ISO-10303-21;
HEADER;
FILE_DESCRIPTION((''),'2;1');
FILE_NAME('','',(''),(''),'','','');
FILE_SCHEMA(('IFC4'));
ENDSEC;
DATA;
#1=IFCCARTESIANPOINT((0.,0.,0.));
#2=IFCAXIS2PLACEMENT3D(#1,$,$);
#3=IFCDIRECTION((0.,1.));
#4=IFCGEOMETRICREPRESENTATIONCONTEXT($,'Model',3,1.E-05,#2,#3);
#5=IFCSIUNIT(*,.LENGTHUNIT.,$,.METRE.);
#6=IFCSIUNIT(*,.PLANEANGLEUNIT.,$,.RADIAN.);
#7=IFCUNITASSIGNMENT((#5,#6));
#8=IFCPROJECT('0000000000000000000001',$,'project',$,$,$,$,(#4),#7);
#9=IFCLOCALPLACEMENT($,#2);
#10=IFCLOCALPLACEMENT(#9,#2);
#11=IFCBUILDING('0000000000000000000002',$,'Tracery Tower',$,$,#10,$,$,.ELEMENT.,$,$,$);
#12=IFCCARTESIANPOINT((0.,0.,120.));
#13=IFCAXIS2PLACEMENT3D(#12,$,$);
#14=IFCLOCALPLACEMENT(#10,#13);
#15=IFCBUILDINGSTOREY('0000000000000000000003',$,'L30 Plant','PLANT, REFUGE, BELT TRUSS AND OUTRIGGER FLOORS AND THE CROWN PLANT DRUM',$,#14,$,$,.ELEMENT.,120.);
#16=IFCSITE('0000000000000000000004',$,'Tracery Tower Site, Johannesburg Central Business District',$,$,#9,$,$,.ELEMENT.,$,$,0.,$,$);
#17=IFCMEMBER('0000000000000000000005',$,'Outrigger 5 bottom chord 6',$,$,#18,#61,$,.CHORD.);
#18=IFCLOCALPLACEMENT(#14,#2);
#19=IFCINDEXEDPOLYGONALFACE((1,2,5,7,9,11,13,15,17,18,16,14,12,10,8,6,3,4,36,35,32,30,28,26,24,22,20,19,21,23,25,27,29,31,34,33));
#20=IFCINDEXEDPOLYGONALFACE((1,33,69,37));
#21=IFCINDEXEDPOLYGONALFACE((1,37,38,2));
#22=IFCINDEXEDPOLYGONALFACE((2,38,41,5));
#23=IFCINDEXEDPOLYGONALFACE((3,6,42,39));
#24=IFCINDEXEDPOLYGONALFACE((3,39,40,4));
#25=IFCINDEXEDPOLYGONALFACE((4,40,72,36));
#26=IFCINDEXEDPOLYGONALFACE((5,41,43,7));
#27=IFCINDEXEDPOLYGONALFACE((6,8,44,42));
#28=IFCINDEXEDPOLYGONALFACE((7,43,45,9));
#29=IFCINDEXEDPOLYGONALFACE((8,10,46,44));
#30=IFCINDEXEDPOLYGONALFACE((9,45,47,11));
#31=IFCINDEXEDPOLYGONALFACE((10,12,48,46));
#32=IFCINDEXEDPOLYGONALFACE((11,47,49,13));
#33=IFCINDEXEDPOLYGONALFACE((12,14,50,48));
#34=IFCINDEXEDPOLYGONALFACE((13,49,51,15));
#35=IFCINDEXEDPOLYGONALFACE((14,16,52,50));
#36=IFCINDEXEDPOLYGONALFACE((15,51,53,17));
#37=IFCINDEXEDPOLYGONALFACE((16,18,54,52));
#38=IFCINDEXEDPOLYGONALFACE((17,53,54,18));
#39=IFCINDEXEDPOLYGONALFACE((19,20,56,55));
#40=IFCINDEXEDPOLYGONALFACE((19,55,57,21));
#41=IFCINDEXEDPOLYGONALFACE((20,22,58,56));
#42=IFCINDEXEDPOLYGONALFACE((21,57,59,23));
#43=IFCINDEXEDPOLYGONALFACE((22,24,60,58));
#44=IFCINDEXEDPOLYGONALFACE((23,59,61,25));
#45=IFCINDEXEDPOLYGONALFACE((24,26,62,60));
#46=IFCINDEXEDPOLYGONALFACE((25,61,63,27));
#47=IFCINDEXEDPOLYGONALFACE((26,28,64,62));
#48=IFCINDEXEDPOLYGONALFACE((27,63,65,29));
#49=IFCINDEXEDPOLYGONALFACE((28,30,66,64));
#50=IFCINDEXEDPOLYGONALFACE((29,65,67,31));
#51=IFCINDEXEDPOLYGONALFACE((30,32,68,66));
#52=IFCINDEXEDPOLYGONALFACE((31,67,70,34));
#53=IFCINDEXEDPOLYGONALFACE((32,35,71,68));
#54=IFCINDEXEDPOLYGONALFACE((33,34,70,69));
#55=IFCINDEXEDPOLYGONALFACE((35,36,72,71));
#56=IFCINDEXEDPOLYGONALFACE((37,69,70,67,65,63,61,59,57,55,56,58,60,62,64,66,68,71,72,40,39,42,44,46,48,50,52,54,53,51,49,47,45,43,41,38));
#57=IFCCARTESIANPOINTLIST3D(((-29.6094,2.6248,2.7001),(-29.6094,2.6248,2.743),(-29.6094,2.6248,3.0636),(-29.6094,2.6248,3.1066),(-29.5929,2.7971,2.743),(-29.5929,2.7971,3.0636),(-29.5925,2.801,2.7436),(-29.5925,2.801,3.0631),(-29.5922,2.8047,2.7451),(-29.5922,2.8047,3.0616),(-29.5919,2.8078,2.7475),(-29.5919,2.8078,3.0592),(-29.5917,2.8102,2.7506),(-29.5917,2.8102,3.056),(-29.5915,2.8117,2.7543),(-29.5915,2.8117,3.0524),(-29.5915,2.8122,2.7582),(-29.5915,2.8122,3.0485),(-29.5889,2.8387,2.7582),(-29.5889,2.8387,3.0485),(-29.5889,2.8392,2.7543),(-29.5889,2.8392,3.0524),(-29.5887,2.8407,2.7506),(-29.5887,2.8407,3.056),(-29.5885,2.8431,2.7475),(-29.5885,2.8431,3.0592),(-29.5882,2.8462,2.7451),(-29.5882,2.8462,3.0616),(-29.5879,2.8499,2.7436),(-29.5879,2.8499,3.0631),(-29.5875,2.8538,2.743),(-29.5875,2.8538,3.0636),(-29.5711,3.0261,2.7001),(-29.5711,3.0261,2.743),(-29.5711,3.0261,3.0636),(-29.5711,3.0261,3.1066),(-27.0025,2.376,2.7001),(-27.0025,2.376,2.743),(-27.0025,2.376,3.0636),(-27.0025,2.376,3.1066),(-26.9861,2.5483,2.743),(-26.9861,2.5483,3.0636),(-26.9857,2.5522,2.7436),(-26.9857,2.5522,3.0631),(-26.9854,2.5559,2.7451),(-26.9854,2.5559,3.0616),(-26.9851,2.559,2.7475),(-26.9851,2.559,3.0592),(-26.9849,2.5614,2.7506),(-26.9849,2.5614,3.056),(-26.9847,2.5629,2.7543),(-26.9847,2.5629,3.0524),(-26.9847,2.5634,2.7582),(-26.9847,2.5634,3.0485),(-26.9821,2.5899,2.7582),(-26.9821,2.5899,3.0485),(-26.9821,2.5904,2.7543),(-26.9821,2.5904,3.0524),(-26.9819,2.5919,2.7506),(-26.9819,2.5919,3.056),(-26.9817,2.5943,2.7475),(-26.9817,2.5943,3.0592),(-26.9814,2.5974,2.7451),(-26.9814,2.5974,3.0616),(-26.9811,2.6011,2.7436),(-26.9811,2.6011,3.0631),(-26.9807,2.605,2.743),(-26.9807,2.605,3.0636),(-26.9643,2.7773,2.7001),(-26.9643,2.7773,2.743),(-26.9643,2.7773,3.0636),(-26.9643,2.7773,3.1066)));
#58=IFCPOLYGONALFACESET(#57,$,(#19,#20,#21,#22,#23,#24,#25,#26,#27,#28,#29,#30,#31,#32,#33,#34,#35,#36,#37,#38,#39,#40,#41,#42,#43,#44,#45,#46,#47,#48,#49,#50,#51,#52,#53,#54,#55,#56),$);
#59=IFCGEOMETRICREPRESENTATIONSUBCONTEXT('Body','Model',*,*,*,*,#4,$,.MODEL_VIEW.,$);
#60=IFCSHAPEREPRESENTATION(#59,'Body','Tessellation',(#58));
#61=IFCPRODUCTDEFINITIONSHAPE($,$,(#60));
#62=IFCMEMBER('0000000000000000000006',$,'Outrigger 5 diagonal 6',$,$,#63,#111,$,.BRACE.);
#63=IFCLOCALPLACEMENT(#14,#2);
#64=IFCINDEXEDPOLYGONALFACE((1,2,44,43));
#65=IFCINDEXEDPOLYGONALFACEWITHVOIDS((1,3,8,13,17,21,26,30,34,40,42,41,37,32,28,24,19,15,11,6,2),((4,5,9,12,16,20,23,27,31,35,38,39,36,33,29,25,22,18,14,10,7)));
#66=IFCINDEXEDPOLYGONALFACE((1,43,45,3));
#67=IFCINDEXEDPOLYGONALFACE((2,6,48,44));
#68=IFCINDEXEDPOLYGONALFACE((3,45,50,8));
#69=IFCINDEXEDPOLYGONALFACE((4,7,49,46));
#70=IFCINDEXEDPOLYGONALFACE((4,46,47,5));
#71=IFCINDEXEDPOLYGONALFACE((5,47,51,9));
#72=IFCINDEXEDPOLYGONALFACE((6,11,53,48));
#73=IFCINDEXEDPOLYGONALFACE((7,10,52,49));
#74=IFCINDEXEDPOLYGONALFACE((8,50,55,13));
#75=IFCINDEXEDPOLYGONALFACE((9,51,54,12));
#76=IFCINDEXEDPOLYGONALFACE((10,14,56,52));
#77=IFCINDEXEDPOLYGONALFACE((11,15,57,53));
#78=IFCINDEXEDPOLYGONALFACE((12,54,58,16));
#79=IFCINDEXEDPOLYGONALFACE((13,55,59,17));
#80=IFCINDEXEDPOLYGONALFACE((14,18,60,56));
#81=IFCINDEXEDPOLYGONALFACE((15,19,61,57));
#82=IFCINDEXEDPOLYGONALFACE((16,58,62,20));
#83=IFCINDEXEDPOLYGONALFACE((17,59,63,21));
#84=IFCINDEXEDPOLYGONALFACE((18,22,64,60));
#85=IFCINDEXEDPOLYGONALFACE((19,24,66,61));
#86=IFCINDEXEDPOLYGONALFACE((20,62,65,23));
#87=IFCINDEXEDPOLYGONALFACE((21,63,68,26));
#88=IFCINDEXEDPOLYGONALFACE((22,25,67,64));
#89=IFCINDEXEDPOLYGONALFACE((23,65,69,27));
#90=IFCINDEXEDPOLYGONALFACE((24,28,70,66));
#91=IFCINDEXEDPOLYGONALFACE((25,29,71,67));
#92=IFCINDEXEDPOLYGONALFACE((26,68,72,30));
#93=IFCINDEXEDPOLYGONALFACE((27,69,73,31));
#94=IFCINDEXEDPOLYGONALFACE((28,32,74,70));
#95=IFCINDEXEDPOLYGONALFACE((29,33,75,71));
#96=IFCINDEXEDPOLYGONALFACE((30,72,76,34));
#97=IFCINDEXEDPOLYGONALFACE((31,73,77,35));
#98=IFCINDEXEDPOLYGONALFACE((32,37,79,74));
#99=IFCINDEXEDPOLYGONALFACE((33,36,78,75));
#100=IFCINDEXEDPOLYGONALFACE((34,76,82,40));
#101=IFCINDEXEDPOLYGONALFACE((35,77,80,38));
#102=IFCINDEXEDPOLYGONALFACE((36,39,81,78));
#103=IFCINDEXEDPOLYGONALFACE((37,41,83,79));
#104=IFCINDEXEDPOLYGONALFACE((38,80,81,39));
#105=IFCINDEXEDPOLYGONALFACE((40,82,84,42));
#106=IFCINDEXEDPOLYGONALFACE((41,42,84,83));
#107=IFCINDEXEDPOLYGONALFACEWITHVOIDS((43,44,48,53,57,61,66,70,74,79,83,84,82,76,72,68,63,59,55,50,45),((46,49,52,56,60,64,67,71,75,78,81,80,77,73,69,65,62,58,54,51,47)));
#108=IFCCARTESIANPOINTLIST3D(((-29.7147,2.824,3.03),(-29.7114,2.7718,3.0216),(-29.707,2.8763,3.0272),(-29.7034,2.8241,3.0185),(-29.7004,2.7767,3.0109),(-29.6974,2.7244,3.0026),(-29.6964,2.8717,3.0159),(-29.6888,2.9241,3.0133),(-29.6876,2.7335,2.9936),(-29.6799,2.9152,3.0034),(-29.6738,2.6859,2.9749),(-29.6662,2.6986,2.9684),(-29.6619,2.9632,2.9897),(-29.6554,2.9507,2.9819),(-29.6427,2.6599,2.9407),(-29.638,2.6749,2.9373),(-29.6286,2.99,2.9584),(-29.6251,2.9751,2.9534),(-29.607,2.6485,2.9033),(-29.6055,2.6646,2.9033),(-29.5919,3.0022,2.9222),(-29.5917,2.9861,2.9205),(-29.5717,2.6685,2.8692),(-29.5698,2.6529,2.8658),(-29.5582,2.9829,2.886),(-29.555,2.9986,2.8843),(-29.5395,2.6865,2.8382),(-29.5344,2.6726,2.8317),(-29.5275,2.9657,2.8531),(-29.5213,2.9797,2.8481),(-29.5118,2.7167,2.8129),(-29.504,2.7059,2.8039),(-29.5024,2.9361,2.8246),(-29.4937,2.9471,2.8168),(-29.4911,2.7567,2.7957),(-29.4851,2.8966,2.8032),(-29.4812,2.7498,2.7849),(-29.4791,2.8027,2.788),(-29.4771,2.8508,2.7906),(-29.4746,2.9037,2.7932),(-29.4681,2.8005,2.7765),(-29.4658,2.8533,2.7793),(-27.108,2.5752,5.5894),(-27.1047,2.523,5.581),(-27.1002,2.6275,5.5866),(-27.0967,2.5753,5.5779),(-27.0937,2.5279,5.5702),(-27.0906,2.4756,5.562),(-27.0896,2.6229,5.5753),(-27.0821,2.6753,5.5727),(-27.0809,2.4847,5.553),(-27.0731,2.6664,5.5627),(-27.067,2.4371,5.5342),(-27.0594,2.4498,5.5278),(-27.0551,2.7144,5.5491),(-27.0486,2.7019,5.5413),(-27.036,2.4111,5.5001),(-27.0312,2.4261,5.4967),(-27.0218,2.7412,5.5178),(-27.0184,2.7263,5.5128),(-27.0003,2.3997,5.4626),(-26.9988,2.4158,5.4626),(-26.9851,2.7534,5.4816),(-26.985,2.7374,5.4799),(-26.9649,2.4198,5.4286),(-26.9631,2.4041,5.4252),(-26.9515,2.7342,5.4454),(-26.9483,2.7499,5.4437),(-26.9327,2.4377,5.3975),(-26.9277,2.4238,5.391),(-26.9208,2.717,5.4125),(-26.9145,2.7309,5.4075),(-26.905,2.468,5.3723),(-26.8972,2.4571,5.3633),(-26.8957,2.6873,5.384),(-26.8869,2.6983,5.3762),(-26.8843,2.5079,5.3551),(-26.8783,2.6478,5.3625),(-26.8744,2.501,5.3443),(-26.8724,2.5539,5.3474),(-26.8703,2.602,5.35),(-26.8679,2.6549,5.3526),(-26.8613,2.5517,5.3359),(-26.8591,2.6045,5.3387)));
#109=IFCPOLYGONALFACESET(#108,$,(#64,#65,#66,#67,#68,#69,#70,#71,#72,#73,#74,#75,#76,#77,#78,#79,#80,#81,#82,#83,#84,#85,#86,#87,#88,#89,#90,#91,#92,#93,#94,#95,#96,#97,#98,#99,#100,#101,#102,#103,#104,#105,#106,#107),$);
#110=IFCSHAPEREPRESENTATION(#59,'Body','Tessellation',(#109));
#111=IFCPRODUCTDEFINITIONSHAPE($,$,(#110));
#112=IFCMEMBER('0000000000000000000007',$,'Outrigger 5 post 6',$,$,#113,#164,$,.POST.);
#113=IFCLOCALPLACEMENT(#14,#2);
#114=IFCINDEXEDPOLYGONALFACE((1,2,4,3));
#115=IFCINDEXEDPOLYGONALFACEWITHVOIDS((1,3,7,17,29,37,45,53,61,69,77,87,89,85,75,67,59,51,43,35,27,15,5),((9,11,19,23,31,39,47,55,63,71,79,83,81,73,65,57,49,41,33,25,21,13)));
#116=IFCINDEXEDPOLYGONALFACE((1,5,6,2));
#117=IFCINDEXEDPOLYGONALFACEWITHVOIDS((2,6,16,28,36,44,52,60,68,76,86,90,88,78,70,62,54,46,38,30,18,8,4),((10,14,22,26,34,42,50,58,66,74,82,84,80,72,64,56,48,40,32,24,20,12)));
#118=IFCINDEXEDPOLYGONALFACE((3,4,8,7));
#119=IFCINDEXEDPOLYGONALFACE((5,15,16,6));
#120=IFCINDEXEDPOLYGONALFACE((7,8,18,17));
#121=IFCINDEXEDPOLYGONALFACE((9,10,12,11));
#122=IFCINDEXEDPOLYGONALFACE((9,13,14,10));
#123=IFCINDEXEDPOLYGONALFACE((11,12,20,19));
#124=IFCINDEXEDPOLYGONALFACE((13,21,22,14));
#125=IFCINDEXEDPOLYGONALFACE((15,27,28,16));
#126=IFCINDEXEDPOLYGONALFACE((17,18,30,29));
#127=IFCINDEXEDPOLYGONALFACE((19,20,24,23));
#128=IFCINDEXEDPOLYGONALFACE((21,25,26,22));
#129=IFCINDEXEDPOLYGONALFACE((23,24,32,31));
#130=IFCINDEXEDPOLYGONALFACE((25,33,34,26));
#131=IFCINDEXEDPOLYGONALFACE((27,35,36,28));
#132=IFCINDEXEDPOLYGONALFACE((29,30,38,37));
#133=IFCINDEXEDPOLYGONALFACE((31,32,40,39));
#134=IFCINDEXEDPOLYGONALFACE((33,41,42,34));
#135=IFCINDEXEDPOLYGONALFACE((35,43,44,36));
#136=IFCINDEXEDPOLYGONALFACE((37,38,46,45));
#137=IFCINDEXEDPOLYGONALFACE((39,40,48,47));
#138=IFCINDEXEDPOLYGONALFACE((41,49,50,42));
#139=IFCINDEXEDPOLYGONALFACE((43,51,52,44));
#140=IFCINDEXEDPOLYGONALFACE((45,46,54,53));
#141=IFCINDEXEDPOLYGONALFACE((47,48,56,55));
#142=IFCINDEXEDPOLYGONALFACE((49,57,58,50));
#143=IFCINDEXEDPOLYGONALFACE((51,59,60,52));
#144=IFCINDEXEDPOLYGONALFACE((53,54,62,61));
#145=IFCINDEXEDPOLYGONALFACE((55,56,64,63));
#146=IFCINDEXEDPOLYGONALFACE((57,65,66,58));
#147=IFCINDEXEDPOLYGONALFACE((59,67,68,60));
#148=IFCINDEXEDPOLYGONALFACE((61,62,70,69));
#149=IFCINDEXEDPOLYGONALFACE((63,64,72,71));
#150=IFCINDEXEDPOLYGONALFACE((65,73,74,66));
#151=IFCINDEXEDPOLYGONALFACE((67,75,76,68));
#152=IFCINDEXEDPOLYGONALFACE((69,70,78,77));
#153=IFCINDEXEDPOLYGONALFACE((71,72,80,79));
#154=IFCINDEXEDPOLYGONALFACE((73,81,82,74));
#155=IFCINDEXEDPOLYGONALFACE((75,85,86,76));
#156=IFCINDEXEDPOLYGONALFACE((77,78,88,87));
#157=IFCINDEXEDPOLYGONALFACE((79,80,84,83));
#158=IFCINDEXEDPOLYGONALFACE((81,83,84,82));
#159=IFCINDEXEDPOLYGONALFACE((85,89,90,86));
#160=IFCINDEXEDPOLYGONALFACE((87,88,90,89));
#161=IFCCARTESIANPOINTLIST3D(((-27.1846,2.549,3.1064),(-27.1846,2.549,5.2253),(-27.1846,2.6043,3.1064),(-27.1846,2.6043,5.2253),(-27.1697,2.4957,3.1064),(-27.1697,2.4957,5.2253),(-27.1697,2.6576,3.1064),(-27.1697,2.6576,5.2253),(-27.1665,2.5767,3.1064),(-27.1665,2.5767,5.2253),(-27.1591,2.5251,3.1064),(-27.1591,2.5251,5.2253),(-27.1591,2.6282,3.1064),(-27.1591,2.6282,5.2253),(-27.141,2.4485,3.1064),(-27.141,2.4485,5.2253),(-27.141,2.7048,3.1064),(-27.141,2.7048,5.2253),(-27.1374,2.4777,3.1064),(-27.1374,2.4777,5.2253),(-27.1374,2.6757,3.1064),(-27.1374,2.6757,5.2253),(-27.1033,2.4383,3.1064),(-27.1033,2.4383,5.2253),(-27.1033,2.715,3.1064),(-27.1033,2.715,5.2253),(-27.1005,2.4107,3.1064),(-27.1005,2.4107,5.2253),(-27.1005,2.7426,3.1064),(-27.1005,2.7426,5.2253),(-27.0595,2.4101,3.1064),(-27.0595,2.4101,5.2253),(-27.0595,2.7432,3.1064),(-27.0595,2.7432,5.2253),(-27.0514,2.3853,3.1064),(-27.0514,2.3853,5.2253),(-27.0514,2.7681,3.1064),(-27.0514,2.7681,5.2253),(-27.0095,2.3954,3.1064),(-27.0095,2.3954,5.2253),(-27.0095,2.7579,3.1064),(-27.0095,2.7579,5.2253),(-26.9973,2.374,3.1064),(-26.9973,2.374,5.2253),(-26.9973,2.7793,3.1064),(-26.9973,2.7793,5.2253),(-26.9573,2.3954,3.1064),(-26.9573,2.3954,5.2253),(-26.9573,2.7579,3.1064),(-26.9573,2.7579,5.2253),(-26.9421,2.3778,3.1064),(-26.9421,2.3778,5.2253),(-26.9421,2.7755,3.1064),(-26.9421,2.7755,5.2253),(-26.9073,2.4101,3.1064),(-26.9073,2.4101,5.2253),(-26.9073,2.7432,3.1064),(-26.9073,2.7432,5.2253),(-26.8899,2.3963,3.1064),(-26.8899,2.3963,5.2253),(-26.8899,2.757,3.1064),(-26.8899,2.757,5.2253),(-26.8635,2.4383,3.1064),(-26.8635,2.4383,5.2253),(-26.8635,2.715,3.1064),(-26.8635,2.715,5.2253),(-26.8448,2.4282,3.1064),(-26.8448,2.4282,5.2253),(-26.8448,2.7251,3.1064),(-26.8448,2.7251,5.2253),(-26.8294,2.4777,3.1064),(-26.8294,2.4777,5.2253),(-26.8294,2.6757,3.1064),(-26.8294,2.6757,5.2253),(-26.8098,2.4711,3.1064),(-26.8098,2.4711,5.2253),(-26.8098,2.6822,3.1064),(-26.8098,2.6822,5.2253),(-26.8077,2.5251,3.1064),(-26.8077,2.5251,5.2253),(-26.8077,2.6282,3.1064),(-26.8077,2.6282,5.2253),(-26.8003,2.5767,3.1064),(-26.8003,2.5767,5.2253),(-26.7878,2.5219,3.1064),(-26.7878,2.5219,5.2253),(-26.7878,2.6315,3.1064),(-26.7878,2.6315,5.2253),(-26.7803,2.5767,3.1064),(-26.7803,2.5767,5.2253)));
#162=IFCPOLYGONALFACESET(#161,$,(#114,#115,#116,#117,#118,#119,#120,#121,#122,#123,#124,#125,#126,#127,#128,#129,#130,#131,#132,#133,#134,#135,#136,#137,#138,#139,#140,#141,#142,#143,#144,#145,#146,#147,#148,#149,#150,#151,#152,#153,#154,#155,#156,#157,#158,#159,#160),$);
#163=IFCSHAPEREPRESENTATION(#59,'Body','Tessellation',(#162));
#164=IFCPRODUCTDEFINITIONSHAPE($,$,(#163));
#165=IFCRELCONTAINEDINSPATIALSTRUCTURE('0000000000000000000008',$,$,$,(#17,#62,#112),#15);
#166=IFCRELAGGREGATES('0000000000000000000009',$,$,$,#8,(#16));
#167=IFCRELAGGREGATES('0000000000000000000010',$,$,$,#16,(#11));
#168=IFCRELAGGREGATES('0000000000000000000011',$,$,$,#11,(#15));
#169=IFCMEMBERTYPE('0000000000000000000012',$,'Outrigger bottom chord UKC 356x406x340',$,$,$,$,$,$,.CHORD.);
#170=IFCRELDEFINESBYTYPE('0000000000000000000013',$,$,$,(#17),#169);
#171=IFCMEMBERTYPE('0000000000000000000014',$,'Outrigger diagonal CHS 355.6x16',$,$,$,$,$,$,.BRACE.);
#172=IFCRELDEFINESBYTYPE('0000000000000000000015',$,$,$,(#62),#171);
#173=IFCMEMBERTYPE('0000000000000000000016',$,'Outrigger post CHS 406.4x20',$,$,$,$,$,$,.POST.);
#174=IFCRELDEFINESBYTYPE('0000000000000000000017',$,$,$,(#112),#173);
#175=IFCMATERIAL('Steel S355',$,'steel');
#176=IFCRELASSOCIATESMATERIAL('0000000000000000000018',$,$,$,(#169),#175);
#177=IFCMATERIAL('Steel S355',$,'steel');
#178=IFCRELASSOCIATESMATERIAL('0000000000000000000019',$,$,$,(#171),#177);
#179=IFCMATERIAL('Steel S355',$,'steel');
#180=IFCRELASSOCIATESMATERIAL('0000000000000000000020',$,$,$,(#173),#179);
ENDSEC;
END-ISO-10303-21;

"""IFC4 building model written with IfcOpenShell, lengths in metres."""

from ifc_helpers import new_model, si_unit, direction, frame, origin, origin_2d, place, context, subcontext, project, spatial, hollow_circle, i_section, extrude, material, material_profile, profile_set, type_object, element, save


model = new_model("IFC4")

# Units and contexts
model_context = context("Model", 3, precision=1e-05, world=origin(), true_north=direction((0.0, 1.0)))
body_context = subcontext(model_context, "Body", "Model", "MODEL_VIEW")
ifc_project = project(units=[si_unit("LENGTHUNIT", "METRE"), si_unit("PLANEANGLEUNIT", "RADIAN")], contexts=[model_context])

# Site, building, storey
site_placement = place(None, origin())
site = spatial("IfcSite", under=ifc_project, at=site_placement, Name="Tracery Tower Site, Johannesburg Central Business District", CompositionType="ELEMENT", RefElevation=0.0)
building_placement = place(site_placement, origin())
building = spatial("IfcBuilding", under=site, at=building_placement, Name="Tracery Tower", CompositionType="ELEMENT")
storey_placement = place(building_placement, frame((0.0, 0.0, 120.0)))
storey = spatial("IfcBuildingStorey", under=building, at=storey_placement, Name="L30 Plant", Description="PLANT, REFUGE, BELT TRUSS AND OUTRIGGER FLOORS AND THE CROWN PLANT DRUM", CompositionType="ELEMENT", Elevation=120.0)

# Members
ifc_material_1 = material(Name="Steel S355", Category="steel")
ifc_material_profile_1 = material_profile(ifc_material_1, i_section(OverallWidth=0.4031, OverallDepth=0.4065, WebThickness=0.0266, FlangeThickness=0.043, FilletRadius=0.0151, at=origin_2d()), Name="UKC 356x406x340")
ifc_profile_set_1 = profile_set([ifc_material_profile_1], Name="Steel S355")
member_type_1 = type_object("IfcMemberType", Name="Outrigger bottom chord UKC 356x406x340", PredefinedType="CHORD", material=ifc_profile_set_1)
member_1_placement = place(storey_placement, frame((-26.9834, 2.5767, 2.9033), z_axis=(-0.995477, 0.095007, 0.0), x_axis=(-0.095007, -0.995477, 0.0)))
element("IfcMember", 1, at=member_1_placement, inside=storey, type_object=member_type_1, Name="Outrigger 5 bottom chord 6", PredefinedType="CHORD", context=body_context, shape_type="SweptSolid", body=[
    extrude(i_section(OverallWidth=0.4031, OverallDepth=0.4065, WebThickness=0.0266, FlangeThickness=0.043, FilletRadius=0.0151, at=origin_2d()), origin(), (0.0, 0.0, 1.0), 2.6187),
])
ifc_material_2 = material(Name="Steel S355", Category="steel")
ifc_material_profile_2 = material_profile(ifc_material_2, hollow_circle(Radius=0.1777, WallThickness=0.0161, at=origin_2d()), Name="CHS 355.6x16")
ifc_profile_set_2 = profile_set([ifc_material_profile_2], Name="Steel S355")
member_type_2 = type_object("IfcMemberType", Name="Outrigger diagonal CHS 355.6x16", PredefinedType="BRACE", material=ifc_profile_set_2)
member_2_placement = place(storey_placement, frame((-26.9834, 2.5767, 5.4626), z_axis=(-0.711911, 0.067944, -0.698975), x_axis=(-0.095007, -0.995477, 0.0)))
element("IfcMember", 2, at=member_2_placement, inside=storey, type_object=member_type_2, Name="Outrigger 5 diagonal 6", PredefinedType="BRACE", context=body_context, shape_type="SweptSolid", body=[
    extrude(hollow_circle(Radius=0.1777, WallThickness=0.0161, at=origin_2d()), origin(), (0.0, 0.0, 1.0), 3.6616),
])
ifc_material_3 = material(Name="Steel S355", Category="steel")
ifc_material_profile_3 = material_profile(ifc_material_3, hollow_circle(Radius=0.2031, WallThickness=0.02, at=origin_2d()), Name="CHS 406.4x20")
ifc_profile_set_3 = profile_set([ifc_material_profile_3], Name="Steel S355")
member_type_3 = type_object("IfcMemberType", Name="Outrigger post CHS 406.4x20", PredefinedType="POST", material=ifc_profile_set_3)
for number, where, z_axis, x_axis, name in (
    (3, (-26.9834, 2.5767, 3.1064), (0.0, 0.0, 1.0), (1.0, 0.0, 0.0), "Outrigger 5 post 6"),
):
    element("IfcMember", number, at=place(storey_placement, frame(where, z_axis=z_axis, x_axis=x_axis)), inside=storey, type_object=member_type_3, Name=name, PredefinedType="POST", context=body_context, shape_type="SweptSolid", body=[
        extrude(hollow_circle(Radius=0.2031, WallThickness=0.02, at=origin_2d()), origin(), (0.0, 0.0, 1.0), 2.1189),
    ])

save(model, "model.ifc")
